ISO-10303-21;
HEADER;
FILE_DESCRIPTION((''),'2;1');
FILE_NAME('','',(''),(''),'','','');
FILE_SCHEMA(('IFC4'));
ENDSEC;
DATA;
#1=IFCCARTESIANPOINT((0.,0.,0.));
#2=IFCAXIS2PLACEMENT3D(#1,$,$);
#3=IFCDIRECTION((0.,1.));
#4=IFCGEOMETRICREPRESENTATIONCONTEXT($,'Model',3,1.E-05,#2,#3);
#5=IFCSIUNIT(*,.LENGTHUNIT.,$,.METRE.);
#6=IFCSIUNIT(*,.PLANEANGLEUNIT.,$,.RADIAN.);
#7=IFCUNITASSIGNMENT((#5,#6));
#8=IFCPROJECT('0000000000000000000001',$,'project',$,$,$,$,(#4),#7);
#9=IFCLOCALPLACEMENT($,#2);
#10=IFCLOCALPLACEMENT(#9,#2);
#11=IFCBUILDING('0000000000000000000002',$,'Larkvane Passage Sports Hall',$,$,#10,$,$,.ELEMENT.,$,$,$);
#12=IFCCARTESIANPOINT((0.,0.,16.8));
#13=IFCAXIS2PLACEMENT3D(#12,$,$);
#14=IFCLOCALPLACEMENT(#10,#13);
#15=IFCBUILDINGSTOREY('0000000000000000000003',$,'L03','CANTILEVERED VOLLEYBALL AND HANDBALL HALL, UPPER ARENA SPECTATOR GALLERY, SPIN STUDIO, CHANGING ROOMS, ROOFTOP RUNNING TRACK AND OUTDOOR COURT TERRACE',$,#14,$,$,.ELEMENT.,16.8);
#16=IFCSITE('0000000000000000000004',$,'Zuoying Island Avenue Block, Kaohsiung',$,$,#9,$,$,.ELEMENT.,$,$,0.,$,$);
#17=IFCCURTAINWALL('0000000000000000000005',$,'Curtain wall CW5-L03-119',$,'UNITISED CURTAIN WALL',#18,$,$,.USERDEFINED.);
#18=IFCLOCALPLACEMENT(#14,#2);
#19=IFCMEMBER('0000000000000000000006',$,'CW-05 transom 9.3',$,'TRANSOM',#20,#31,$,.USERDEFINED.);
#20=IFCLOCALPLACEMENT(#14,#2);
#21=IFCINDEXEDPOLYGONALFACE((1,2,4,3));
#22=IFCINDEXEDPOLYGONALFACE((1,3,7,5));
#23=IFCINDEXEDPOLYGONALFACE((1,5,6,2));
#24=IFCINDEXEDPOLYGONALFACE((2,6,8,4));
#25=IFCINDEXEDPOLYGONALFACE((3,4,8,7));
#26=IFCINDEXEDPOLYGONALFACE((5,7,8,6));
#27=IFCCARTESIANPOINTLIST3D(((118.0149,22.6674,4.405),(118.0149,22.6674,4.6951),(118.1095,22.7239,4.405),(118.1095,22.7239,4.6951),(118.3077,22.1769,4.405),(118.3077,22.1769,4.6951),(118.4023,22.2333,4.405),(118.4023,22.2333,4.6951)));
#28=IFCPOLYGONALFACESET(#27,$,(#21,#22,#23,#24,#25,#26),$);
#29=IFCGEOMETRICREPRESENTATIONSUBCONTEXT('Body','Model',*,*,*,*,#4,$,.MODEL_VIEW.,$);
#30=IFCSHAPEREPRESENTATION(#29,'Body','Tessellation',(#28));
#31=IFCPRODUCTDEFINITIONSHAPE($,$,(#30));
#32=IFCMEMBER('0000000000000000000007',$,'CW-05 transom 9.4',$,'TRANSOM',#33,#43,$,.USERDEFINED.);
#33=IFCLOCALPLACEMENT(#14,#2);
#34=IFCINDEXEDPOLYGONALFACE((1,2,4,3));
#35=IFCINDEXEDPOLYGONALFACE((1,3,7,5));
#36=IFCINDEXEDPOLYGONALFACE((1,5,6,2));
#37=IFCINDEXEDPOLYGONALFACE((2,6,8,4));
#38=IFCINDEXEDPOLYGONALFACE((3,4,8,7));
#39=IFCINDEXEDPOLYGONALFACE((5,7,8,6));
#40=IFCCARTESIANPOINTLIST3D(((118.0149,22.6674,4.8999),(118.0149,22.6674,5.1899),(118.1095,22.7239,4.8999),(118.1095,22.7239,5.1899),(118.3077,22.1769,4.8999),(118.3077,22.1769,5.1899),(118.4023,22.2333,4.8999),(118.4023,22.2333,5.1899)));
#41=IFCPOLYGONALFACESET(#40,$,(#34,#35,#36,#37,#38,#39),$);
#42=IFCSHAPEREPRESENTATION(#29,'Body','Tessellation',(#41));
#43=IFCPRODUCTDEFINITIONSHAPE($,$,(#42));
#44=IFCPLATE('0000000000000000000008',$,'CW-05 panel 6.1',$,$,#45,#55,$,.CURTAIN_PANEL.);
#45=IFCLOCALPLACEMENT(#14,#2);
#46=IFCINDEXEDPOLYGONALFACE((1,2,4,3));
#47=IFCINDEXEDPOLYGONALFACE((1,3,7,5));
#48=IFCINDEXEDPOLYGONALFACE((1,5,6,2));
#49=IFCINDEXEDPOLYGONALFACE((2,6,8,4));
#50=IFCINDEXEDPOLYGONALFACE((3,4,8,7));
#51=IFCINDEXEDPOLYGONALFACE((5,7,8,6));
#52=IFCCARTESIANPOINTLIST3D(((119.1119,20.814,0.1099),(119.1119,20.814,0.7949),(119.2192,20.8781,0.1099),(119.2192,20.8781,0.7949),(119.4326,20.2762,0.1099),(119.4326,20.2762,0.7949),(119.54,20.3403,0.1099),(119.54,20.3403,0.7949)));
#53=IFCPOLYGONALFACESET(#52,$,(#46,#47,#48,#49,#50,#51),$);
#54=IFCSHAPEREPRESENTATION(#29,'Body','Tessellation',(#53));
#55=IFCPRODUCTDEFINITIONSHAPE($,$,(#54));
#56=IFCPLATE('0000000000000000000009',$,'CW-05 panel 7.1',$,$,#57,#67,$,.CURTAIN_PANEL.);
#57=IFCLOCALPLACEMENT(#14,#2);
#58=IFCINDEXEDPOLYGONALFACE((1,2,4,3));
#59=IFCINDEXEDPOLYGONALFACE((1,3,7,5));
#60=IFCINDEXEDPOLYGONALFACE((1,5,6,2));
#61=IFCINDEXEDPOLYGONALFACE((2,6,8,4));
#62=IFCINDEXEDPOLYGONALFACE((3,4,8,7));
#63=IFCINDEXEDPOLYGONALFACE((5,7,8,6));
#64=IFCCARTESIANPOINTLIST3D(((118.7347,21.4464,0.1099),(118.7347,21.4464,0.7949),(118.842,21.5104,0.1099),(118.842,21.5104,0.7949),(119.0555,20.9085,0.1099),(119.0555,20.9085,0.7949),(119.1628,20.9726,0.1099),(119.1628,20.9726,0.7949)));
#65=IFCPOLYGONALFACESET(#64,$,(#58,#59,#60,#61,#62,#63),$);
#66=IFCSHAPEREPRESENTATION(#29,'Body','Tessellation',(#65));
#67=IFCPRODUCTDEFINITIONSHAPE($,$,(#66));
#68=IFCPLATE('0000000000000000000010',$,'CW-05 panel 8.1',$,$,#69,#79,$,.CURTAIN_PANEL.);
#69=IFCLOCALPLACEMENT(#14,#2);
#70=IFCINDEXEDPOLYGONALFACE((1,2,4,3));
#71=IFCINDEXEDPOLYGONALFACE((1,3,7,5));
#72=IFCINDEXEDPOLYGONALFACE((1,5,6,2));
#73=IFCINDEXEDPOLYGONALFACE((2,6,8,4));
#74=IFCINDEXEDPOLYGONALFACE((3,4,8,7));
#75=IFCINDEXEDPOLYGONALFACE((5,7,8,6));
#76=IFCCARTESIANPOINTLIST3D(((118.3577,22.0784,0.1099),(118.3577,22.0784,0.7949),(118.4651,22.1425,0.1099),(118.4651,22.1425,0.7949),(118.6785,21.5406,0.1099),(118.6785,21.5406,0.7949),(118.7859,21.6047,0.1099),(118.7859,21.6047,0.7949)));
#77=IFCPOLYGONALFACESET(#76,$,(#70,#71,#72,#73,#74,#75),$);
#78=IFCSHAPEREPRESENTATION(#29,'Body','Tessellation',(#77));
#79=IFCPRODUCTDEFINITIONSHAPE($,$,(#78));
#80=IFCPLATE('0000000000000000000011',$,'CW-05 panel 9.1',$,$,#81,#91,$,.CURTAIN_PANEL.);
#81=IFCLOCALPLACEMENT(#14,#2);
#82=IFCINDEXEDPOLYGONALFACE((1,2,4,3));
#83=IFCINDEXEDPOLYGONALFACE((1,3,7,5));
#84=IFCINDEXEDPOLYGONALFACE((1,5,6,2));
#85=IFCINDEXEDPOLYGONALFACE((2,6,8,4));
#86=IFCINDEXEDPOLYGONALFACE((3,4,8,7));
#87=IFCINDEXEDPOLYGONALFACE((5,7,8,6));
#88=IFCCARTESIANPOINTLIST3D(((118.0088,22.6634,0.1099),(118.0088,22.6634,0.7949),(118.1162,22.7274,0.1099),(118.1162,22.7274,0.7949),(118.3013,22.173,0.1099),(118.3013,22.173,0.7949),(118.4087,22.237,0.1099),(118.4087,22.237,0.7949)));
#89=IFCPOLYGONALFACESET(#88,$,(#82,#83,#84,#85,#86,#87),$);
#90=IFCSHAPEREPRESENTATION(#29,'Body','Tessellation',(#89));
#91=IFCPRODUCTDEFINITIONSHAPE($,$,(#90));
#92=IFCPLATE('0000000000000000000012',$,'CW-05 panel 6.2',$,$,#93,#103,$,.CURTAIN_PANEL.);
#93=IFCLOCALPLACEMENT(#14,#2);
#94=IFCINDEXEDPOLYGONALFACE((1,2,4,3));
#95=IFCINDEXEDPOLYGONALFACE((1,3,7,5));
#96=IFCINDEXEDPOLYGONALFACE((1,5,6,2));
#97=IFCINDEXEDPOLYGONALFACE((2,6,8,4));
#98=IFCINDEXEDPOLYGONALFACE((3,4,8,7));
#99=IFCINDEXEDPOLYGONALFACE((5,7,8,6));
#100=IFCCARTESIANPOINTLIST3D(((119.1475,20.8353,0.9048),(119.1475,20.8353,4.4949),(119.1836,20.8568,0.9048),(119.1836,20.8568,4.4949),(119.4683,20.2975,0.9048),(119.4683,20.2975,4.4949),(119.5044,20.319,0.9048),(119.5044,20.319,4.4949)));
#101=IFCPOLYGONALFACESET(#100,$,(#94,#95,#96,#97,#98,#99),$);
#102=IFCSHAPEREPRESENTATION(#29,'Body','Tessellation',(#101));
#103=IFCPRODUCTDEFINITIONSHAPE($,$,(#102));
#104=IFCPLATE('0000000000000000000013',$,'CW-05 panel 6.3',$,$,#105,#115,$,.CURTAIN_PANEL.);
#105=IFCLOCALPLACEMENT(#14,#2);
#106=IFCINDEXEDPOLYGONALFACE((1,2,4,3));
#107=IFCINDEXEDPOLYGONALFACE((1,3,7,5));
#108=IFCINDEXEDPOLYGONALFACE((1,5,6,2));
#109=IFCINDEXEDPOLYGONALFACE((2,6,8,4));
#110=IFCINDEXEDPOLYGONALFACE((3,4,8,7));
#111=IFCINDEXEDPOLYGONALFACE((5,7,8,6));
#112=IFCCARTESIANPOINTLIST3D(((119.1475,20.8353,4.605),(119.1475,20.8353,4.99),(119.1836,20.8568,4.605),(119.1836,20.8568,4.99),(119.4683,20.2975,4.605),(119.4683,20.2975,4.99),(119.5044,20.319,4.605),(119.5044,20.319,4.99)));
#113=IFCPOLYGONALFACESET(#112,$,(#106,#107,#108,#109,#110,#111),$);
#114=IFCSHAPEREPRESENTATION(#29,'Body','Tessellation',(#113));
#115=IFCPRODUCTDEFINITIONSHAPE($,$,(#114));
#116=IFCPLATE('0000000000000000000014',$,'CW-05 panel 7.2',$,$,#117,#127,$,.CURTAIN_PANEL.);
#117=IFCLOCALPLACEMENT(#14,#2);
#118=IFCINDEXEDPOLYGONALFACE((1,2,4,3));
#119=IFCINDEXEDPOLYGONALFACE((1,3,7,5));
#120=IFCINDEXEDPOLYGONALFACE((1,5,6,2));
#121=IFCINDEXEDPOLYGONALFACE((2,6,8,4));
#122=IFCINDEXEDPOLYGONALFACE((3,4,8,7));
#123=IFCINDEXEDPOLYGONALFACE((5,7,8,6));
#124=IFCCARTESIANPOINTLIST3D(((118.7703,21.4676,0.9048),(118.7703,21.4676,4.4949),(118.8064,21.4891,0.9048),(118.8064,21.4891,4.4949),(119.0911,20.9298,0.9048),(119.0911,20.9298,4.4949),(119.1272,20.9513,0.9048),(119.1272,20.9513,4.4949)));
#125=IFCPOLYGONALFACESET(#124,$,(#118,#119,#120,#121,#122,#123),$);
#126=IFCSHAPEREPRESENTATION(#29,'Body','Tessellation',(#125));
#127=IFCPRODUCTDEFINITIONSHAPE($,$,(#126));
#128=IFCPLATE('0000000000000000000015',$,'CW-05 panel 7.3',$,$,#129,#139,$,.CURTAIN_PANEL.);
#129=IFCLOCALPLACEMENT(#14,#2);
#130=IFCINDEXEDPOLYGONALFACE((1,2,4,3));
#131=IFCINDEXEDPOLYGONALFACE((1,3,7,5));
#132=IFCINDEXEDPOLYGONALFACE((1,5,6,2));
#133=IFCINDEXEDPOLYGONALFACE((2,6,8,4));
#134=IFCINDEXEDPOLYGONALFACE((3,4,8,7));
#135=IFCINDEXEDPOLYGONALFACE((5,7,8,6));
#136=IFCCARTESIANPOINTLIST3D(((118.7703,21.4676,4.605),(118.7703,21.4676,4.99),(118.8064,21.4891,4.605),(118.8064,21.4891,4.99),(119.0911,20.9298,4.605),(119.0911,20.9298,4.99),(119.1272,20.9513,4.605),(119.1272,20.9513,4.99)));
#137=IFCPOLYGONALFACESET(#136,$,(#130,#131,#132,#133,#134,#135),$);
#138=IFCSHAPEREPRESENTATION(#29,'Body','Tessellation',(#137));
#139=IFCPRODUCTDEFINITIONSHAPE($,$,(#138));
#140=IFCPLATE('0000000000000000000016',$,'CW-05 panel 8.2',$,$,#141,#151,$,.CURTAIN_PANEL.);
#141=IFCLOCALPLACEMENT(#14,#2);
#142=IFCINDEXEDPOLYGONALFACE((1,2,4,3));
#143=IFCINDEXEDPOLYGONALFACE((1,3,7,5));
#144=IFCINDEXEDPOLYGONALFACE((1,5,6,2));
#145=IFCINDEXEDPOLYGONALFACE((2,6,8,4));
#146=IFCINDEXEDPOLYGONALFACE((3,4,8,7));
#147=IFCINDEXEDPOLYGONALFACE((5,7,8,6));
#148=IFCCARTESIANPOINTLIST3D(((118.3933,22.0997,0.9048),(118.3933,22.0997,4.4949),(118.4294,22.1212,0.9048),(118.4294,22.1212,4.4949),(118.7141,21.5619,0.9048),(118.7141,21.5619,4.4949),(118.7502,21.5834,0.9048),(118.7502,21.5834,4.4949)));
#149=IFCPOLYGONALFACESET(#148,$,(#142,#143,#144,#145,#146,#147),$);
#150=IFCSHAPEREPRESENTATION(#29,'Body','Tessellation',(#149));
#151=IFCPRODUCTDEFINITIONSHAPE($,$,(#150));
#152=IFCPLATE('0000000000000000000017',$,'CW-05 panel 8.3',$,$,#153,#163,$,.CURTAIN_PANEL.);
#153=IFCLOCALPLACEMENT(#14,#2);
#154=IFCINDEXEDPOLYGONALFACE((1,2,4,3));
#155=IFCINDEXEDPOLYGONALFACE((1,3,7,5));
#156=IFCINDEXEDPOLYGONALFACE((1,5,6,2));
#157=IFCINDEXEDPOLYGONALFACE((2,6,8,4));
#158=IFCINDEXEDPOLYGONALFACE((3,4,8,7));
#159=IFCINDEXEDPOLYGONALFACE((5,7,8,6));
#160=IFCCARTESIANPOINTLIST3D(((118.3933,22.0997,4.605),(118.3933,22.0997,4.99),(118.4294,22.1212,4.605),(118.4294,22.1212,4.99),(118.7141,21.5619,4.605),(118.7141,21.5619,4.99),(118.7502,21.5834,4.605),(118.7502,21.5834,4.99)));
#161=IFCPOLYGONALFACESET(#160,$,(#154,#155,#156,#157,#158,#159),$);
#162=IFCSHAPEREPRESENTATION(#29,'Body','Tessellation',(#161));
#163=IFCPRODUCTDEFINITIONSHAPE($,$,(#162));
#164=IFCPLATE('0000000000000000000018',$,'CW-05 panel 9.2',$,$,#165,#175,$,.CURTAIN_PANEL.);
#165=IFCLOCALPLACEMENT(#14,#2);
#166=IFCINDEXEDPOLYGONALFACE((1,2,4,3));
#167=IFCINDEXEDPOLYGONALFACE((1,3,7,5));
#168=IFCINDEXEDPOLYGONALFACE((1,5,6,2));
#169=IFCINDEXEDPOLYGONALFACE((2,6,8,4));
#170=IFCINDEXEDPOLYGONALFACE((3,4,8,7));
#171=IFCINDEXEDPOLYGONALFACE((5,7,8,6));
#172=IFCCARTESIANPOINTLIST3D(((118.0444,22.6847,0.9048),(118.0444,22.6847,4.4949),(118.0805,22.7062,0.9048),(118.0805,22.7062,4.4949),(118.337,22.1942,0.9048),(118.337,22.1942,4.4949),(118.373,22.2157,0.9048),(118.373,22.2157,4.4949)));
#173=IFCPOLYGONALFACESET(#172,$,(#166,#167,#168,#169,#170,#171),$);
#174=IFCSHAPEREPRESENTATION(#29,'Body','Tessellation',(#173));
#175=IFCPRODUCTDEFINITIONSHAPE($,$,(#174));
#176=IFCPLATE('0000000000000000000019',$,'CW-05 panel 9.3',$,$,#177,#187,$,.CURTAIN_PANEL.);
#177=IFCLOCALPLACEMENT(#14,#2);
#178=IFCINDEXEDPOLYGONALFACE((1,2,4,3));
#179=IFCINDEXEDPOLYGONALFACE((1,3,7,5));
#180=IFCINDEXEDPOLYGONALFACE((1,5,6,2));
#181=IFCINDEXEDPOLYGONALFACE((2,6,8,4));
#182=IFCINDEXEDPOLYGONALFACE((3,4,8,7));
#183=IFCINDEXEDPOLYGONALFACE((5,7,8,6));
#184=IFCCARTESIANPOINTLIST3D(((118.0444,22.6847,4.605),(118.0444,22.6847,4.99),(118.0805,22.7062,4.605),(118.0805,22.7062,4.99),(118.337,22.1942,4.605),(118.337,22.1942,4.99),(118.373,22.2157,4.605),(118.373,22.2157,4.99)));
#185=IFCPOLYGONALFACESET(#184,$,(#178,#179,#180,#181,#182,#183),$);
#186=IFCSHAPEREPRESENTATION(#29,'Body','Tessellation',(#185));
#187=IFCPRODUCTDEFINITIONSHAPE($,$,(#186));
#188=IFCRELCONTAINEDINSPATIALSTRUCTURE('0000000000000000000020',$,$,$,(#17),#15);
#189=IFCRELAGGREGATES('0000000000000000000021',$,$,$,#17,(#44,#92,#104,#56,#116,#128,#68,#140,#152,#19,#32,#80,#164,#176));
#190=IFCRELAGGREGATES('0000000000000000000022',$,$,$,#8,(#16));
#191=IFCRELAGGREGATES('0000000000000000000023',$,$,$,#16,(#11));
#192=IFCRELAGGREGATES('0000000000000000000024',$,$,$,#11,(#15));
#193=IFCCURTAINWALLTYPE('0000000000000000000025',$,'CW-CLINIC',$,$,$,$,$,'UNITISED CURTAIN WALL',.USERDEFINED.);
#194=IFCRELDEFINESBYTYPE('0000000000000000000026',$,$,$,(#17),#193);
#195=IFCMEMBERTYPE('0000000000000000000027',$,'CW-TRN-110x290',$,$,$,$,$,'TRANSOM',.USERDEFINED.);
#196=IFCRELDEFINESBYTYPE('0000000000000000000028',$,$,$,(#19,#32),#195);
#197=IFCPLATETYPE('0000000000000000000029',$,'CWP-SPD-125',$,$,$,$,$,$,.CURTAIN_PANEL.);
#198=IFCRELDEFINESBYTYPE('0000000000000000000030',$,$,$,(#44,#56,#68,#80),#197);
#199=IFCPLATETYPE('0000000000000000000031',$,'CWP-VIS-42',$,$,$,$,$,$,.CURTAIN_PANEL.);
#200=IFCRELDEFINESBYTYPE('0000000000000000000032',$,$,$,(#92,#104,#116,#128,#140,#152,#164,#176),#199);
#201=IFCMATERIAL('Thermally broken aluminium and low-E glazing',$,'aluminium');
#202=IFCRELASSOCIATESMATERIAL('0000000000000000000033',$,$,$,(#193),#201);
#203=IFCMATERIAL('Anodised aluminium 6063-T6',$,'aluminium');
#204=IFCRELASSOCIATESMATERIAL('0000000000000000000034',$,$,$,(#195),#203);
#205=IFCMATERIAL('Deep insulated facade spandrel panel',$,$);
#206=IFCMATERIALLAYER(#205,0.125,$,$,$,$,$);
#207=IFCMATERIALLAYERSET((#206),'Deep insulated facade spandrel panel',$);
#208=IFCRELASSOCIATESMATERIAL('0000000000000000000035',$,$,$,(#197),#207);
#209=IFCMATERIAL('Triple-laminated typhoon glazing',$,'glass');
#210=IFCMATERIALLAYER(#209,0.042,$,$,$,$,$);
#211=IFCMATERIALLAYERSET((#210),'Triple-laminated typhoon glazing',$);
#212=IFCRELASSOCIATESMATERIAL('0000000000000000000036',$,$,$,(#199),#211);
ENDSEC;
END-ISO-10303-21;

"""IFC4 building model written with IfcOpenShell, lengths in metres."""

from ifc_helpers import new_model, si_unit, direction, frame, origin, origin_2d, place, context, subcontext, project, spatial, rectangle, extrude, material, layer, layer_set, material_profile, profile_set, type_object, element, aggregate, save


model = new_model("IFC4")

# Units and contexts
model_context = context("Model", 3, precision=1e-05, world=origin(), true_north=direction((0.0, 1.0)))
body_context = subcontext(model_context, "Body", "Model", "MODEL_VIEW")
ifc_project = project(units=[si_unit("LENGTHUNIT", "METRE"), si_unit("PLANEANGLEUNIT", "RADIAN")], contexts=[model_context])

# Site, building, storey
site_placement = place(None, origin())
site = spatial("IfcSite", under=ifc_project, at=site_placement, Name="Zuoying Island Avenue Block, Kaohsiung", CompositionType="ELEMENT", RefElevation=0.0)
building_placement = place(site_placement, origin())
building = spatial("IfcBuilding", under=site, at=building_placement, Name="Larkvane Passage Sports Hall", CompositionType="ELEMENT")
storey_placement = place(building_placement, frame((0.0, 0.0, 16.8)))
storey = spatial("IfcBuildingStorey", under=building, at=storey_placement, Name="L03", Description="CANTILEVERED VOLLEYBALL AND HANDBALL HALL, UPPER ARENA SPECTATOR GALLERY, SPIN STUDIO, CHANGING ROOMS, ROOFTOP RUNNING TRACK AND OUTDOOR COURT TERRACE", CompositionType="ELEMENT", Elevation=16.8)

# Curtain wall, members, plates
ifc_material_1 = material(Name="Thermally broken aluminium and low-E glazing", Category="aluminium")
curtain_wall_type = type_object("IfcCurtainWallType", Name="CW-CLINIC", ElementType="UNITISED CURTAIN WALL", PredefinedType="USERDEFINED", material=ifc_material_1)
curtain_wall_placement = place(storey_placement, origin())
curtain_wall = element("IfcCurtainWall", 1, at=curtain_wall_placement, inside=storey, type_object=curtain_wall_type, Name="Curtain wall CW5-L03-119", ObjectType="UNITISED CURTAIN WALL", PredefinedType="USERDEFINED")
ifc_material_2 = material(Name="Anodised aluminium 6063-T6", Category="aluminium")
ifc_material_profile_1 = material_profile(ifc_material_2, rectangle(XDim=0.1101, YDim=0.29, at=origin_2d()), Name="ALU-TRN-110x290")
ifc_profile_set_1 = profile_set([ifc_material_profile_1], Name="Anodised aluminium 6063-T6")
member_type_1 = type_object("IfcMemberType", Name="CW-TRN-110x290", ElementType="TRANSOM", PredefinedType="USERDEFINED", material=ifc_profile_set_1)
member_1_placement = place(storey_placement, frame((118.355, 22.2051, 4.55), z_axis=(-0.512483, 0.858697, 0.0), x_axis=(-0.858697, -0.512483, 0.0)))
member_1 = element("IfcMember", 2, at=member_1_placement, type_object=member_type_1, Name="CW-05 transom 9.3", ObjectType="TRANSOM", PredefinedType="USERDEFINED", context=body_context, shape_type="SweptSolid", body=[
    extrude(rectangle(XDim=0.1101, YDim=0.29, at=origin_2d()), origin(), (0.0, 0.0, 1.0), 0.5713),
])
member_2_placement = place(storey_placement, frame((118.355, 22.2051, 5.0449), z_axis=(-0.512483, 0.858697, 0.0), x_axis=(-0.858697, -0.512483, 0.0)))
member_2 = element("IfcMember", 3, at=member_2_placement, type_object=member_type_1, Name="CW-05 transom 9.4", ObjectType="TRANSOM", PredefinedType="USERDEFINED", context=body_context, shape_type="SweptSolid", body=[
    extrude(rectangle(XDim=0.1101, YDim=0.29, at=origin_2d()), origin(), (0.0, 0.0, 1.0), 0.5713),
])
ifc_material_3 = material(Name="Deep insulated facade spandrel panel")
ifc_layer_1 = layer(ifc_material_3, 0.125)
ifc_layer_set_1 = layer_set([ifc_layer_1], Name="Deep insulated facade spandrel panel")
plate_type_1 = type_object("IfcPlateType", Name="CWP-SPD-125", PredefinedType="CURTAIN_PANEL", material=ifc_layer_set_1)
plate_1_placement = place(storey_placement, frame((119.3259, 20.5771, 0.1099), z_axis=(0.0, 0.0, 1.0), x_axis=(-0.512274, 0.858822, 0.0)))
plate_1 = element("IfcPlate", 4, at=plate_1_placement, type_object=plate_type_1, Name="CW-05 panel 6.1", PredefinedType="CURTAIN_PANEL", context=body_context, shape_type="SweptSolid", body=[
    extrude(rectangle(XDim=0.6262, YDim=0.125, at=origin_2d()), origin(), (0.0, 0.0, 1.0), 0.6851),
])
plate_2_placement = place(storey_placement, frame((118.9487, 21.2095, 0.1099), z_axis=(0.0, 0.0, 1.0), x_axis=(-0.512274, 0.858822, 0.0)))
plate_2 = element("IfcPlate", 5, at=plate_2_placement, type_object=plate_type_1, Name="CW-05 panel 7.1", PredefinedType="CURTAIN_PANEL", context=body_context, shape_type="SweptSolid", body=[
    extrude(rectangle(XDim=0.6262, YDim=0.125, at=origin_2d()), origin(), (0.0, 0.0, 1.0), 0.6851),
])
plate_3_placement = place(storey_placement, frame((118.5718, 21.8416, 0.1099), z_axis=(0.0, 0.0, 1.0), x_axis=(-0.512274, 0.858822, 0.0)))
plate_3 = element("IfcPlate", 6, at=plate_3_placement, type_object=plate_type_1, Name="CW-05 panel 8.1", PredefinedType="CURTAIN_PANEL", context=body_context, shape_type="SweptSolid", body=[
    extrude(rectangle(XDim=0.6262, YDim=0.125, at=origin_2d()), origin(), (0.0, 0.0, 1.0), 0.6851),
])
plate_4_placement = place(storey_placement, frame((118.2087, 22.4502, 0.1099), z_axis=(0.0, 0.0, 1.0), x_axis=(-0.512274, 0.858822, 0.0)))
plate_4 = element("IfcPlate", 7, at=plate_4_placement, type_object=plate_type_1, Name="CW-05 panel 9.1", PredefinedType="CURTAIN_PANEL", context=body_context, shape_type="SweptSolid", body=[
    extrude(rectangle(XDim=0.571, YDim=0.125, at=origin_2d()), origin(), (0.0, 0.0, 1.0), 0.6851),
])
ifc_material_4 = material(Name="Triple-laminated typhoon glazing", Category="glass")
ifc_layer_2 = layer(ifc_material_4, 0.042)
ifc_layer_set_2 = layer_set([ifc_layer_2], Name="Triple-laminated typhoon glazing")
plate_type_2 = type_object("IfcPlateType", Name="CWP-VIS-42", PredefinedType="CURTAIN_PANEL", material=ifc_layer_set_2)
plate_5_placement = place(storey_placement, frame((119.3259, 20.5771, 0.9048), z_axis=(0.0, 0.0, 1.0), x_axis=(-0.512274, 0.858822, 0.0)))
plate_5 = element("IfcPlate", 8, at=plate_5_placement, type_object=plate_type_2, Name="CW-05 panel 6.2", PredefinedType="CURTAIN_PANEL", context=body_context, shape_type="SweptSolid", body=[
    extrude(rectangle(XDim=0.6262, YDim=0.042, at=origin_2d()), origin(), (0.0, 0.0, 1.0), 3.5901),
])
plate_6_placement = place(storey_placement, frame((119.3259, 20.5771, 4.605), z_axis=(0.0, 0.0, 1.0), x_axis=(-0.512274, 0.858822, 0.0)))
plate_6 = element("IfcPlate", 9, at=plate_6_placement, type_object=plate_type_2, Name="CW-05 panel 6.3", PredefinedType="CURTAIN_PANEL", context=body_context, shape_type="SweptSolid", body=[
    extrude(rectangle(XDim=0.6262, YDim=0.042, at=origin_2d()), origin(), (0.0, 0.0, 1.0), 0.385),
])
plate_7_placement = place(storey_placement, frame((118.9487, 21.2095, 0.9048), z_axis=(0.0, 0.0, 1.0), x_axis=(-0.512274, 0.858822, 0.0)))
plate_7 = element("IfcPlate", 10, at=plate_7_placement, type_object=plate_type_2, Name="CW-05 panel 7.2", PredefinedType="CURTAIN_PANEL", context=body_context, shape_type="SweptSolid", body=[
    extrude(rectangle(XDim=0.6262, YDim=0.042, at=origin_2d()), origin(), (0.0, 0.0, 1.0), 3.5901),
])
plate_8_placement = place(storey_placement, frame((118.9487, 21.2095, 4.605), z_axis=(0.0, 0.0, 1.0), x_axis=(-0.512274, 0.858822, 0.0)))
plate_8 = element("IfcPlate", 11, at=plate_8_placement, type_object=plate_type_2, Name="CW-05 panel 7.3", PredefinedType="CURTAIN_PANEL", context=body_context, shape_type="SweptSolid", body=[
    extrude(rectangle(XDim=0.6262, YDim=0.042, at=origin_2d()), origin(), (0.0, 0.0, 1.0), 0.385),
])
plate_9_placement = place(storey_placement, frame((118.5718, 21.8416, 0.9048), z_axis=(0.0, 0.0, 1.0), x_axis=(-0.512274, 0.858822, 0.0)))
plate_9 = element("IfcPlate", 12, at=plate_9_placement, type_object=plate_type_2, Name="CW-05 panel 8.2", PredefinedType="CURTAIN_PANEL", context=body_context, shape_type="SweptSolid", body=[
    extrude(rectangle(XDim=0.6262, YDim=0.042, at=origin_2d()), origin(), (0.0, 0.0, 1.0), 3.5901),
])
plate_10_placement = place(storey_placement, frame((118.5718, 21.8416, 4.605), z_axis=(0.0, 0.0, 1.0), x_axis=(-0.512274, 0.858822, 0.0)))
plate_10 = element("IfcPlate", 13, at=plate_10_placement, type_object=plate_type_2, Name="CW-05 panel 8.3", PredefinedType="CURTAIN_PANEL", context=body_context, shape_type="SweptSolid", body=[
    extrude(rectangle(XDim=0.6262, YDim=0.042, at=origin_2d()), origin(), (0.0, 0.0, 1.0), 0.385),
])
plate_11_placement = place(storey_placement, frame((118.2087, 22.4502, 0.9048), z_axis=(0.0, 0.0, 1.0), x_axis=(-0.512274, 0.858822, 0.0)))
plate_11 = element("IfcPlate", 14, at=plate_11_placement, type_object=plate_type_2, Name="CW-05 panel 9.2", PredefinedType="CURTAIN_PANEL", context=body_context, shape_type="SweptSolid", body=[
    extrude(rectangle(XDim=0.571, YDim=0.042, at=origin_2d()), origin(), (0.0, 0.0, 1.0), 3.5901),
])
plate_12_placement = place(storey_placement, frame((118.2087, 22.4502, 4.605), z_axis=(0.0, 0.0, 1.0), x_axis=(-0.512274, 0.858822, 0.0)))
plate_12 = element("IfcPlate", 15, at=plate_12_placement, type_object=plate_type_2, Name="CW-05 panel 9.3", PredefinedType="CURTAIN_PANEL", context=body_context, shape_type="SweptSolid", body=[
    extrude(rectangle(XDim=0.571, YDim=0.042, at=origin_2d()), origin(), (0.0, 0.0, 1.0), 0.385),
])
aggregate(curtain_wall, [plate_1, plate_5, plate_6, plate_2, plate_7, plate_8, plate_3, plate_9, plate_10, member_1, member_2, plate_4, plate_11, plate_12])

save(model, "model.ifc")
